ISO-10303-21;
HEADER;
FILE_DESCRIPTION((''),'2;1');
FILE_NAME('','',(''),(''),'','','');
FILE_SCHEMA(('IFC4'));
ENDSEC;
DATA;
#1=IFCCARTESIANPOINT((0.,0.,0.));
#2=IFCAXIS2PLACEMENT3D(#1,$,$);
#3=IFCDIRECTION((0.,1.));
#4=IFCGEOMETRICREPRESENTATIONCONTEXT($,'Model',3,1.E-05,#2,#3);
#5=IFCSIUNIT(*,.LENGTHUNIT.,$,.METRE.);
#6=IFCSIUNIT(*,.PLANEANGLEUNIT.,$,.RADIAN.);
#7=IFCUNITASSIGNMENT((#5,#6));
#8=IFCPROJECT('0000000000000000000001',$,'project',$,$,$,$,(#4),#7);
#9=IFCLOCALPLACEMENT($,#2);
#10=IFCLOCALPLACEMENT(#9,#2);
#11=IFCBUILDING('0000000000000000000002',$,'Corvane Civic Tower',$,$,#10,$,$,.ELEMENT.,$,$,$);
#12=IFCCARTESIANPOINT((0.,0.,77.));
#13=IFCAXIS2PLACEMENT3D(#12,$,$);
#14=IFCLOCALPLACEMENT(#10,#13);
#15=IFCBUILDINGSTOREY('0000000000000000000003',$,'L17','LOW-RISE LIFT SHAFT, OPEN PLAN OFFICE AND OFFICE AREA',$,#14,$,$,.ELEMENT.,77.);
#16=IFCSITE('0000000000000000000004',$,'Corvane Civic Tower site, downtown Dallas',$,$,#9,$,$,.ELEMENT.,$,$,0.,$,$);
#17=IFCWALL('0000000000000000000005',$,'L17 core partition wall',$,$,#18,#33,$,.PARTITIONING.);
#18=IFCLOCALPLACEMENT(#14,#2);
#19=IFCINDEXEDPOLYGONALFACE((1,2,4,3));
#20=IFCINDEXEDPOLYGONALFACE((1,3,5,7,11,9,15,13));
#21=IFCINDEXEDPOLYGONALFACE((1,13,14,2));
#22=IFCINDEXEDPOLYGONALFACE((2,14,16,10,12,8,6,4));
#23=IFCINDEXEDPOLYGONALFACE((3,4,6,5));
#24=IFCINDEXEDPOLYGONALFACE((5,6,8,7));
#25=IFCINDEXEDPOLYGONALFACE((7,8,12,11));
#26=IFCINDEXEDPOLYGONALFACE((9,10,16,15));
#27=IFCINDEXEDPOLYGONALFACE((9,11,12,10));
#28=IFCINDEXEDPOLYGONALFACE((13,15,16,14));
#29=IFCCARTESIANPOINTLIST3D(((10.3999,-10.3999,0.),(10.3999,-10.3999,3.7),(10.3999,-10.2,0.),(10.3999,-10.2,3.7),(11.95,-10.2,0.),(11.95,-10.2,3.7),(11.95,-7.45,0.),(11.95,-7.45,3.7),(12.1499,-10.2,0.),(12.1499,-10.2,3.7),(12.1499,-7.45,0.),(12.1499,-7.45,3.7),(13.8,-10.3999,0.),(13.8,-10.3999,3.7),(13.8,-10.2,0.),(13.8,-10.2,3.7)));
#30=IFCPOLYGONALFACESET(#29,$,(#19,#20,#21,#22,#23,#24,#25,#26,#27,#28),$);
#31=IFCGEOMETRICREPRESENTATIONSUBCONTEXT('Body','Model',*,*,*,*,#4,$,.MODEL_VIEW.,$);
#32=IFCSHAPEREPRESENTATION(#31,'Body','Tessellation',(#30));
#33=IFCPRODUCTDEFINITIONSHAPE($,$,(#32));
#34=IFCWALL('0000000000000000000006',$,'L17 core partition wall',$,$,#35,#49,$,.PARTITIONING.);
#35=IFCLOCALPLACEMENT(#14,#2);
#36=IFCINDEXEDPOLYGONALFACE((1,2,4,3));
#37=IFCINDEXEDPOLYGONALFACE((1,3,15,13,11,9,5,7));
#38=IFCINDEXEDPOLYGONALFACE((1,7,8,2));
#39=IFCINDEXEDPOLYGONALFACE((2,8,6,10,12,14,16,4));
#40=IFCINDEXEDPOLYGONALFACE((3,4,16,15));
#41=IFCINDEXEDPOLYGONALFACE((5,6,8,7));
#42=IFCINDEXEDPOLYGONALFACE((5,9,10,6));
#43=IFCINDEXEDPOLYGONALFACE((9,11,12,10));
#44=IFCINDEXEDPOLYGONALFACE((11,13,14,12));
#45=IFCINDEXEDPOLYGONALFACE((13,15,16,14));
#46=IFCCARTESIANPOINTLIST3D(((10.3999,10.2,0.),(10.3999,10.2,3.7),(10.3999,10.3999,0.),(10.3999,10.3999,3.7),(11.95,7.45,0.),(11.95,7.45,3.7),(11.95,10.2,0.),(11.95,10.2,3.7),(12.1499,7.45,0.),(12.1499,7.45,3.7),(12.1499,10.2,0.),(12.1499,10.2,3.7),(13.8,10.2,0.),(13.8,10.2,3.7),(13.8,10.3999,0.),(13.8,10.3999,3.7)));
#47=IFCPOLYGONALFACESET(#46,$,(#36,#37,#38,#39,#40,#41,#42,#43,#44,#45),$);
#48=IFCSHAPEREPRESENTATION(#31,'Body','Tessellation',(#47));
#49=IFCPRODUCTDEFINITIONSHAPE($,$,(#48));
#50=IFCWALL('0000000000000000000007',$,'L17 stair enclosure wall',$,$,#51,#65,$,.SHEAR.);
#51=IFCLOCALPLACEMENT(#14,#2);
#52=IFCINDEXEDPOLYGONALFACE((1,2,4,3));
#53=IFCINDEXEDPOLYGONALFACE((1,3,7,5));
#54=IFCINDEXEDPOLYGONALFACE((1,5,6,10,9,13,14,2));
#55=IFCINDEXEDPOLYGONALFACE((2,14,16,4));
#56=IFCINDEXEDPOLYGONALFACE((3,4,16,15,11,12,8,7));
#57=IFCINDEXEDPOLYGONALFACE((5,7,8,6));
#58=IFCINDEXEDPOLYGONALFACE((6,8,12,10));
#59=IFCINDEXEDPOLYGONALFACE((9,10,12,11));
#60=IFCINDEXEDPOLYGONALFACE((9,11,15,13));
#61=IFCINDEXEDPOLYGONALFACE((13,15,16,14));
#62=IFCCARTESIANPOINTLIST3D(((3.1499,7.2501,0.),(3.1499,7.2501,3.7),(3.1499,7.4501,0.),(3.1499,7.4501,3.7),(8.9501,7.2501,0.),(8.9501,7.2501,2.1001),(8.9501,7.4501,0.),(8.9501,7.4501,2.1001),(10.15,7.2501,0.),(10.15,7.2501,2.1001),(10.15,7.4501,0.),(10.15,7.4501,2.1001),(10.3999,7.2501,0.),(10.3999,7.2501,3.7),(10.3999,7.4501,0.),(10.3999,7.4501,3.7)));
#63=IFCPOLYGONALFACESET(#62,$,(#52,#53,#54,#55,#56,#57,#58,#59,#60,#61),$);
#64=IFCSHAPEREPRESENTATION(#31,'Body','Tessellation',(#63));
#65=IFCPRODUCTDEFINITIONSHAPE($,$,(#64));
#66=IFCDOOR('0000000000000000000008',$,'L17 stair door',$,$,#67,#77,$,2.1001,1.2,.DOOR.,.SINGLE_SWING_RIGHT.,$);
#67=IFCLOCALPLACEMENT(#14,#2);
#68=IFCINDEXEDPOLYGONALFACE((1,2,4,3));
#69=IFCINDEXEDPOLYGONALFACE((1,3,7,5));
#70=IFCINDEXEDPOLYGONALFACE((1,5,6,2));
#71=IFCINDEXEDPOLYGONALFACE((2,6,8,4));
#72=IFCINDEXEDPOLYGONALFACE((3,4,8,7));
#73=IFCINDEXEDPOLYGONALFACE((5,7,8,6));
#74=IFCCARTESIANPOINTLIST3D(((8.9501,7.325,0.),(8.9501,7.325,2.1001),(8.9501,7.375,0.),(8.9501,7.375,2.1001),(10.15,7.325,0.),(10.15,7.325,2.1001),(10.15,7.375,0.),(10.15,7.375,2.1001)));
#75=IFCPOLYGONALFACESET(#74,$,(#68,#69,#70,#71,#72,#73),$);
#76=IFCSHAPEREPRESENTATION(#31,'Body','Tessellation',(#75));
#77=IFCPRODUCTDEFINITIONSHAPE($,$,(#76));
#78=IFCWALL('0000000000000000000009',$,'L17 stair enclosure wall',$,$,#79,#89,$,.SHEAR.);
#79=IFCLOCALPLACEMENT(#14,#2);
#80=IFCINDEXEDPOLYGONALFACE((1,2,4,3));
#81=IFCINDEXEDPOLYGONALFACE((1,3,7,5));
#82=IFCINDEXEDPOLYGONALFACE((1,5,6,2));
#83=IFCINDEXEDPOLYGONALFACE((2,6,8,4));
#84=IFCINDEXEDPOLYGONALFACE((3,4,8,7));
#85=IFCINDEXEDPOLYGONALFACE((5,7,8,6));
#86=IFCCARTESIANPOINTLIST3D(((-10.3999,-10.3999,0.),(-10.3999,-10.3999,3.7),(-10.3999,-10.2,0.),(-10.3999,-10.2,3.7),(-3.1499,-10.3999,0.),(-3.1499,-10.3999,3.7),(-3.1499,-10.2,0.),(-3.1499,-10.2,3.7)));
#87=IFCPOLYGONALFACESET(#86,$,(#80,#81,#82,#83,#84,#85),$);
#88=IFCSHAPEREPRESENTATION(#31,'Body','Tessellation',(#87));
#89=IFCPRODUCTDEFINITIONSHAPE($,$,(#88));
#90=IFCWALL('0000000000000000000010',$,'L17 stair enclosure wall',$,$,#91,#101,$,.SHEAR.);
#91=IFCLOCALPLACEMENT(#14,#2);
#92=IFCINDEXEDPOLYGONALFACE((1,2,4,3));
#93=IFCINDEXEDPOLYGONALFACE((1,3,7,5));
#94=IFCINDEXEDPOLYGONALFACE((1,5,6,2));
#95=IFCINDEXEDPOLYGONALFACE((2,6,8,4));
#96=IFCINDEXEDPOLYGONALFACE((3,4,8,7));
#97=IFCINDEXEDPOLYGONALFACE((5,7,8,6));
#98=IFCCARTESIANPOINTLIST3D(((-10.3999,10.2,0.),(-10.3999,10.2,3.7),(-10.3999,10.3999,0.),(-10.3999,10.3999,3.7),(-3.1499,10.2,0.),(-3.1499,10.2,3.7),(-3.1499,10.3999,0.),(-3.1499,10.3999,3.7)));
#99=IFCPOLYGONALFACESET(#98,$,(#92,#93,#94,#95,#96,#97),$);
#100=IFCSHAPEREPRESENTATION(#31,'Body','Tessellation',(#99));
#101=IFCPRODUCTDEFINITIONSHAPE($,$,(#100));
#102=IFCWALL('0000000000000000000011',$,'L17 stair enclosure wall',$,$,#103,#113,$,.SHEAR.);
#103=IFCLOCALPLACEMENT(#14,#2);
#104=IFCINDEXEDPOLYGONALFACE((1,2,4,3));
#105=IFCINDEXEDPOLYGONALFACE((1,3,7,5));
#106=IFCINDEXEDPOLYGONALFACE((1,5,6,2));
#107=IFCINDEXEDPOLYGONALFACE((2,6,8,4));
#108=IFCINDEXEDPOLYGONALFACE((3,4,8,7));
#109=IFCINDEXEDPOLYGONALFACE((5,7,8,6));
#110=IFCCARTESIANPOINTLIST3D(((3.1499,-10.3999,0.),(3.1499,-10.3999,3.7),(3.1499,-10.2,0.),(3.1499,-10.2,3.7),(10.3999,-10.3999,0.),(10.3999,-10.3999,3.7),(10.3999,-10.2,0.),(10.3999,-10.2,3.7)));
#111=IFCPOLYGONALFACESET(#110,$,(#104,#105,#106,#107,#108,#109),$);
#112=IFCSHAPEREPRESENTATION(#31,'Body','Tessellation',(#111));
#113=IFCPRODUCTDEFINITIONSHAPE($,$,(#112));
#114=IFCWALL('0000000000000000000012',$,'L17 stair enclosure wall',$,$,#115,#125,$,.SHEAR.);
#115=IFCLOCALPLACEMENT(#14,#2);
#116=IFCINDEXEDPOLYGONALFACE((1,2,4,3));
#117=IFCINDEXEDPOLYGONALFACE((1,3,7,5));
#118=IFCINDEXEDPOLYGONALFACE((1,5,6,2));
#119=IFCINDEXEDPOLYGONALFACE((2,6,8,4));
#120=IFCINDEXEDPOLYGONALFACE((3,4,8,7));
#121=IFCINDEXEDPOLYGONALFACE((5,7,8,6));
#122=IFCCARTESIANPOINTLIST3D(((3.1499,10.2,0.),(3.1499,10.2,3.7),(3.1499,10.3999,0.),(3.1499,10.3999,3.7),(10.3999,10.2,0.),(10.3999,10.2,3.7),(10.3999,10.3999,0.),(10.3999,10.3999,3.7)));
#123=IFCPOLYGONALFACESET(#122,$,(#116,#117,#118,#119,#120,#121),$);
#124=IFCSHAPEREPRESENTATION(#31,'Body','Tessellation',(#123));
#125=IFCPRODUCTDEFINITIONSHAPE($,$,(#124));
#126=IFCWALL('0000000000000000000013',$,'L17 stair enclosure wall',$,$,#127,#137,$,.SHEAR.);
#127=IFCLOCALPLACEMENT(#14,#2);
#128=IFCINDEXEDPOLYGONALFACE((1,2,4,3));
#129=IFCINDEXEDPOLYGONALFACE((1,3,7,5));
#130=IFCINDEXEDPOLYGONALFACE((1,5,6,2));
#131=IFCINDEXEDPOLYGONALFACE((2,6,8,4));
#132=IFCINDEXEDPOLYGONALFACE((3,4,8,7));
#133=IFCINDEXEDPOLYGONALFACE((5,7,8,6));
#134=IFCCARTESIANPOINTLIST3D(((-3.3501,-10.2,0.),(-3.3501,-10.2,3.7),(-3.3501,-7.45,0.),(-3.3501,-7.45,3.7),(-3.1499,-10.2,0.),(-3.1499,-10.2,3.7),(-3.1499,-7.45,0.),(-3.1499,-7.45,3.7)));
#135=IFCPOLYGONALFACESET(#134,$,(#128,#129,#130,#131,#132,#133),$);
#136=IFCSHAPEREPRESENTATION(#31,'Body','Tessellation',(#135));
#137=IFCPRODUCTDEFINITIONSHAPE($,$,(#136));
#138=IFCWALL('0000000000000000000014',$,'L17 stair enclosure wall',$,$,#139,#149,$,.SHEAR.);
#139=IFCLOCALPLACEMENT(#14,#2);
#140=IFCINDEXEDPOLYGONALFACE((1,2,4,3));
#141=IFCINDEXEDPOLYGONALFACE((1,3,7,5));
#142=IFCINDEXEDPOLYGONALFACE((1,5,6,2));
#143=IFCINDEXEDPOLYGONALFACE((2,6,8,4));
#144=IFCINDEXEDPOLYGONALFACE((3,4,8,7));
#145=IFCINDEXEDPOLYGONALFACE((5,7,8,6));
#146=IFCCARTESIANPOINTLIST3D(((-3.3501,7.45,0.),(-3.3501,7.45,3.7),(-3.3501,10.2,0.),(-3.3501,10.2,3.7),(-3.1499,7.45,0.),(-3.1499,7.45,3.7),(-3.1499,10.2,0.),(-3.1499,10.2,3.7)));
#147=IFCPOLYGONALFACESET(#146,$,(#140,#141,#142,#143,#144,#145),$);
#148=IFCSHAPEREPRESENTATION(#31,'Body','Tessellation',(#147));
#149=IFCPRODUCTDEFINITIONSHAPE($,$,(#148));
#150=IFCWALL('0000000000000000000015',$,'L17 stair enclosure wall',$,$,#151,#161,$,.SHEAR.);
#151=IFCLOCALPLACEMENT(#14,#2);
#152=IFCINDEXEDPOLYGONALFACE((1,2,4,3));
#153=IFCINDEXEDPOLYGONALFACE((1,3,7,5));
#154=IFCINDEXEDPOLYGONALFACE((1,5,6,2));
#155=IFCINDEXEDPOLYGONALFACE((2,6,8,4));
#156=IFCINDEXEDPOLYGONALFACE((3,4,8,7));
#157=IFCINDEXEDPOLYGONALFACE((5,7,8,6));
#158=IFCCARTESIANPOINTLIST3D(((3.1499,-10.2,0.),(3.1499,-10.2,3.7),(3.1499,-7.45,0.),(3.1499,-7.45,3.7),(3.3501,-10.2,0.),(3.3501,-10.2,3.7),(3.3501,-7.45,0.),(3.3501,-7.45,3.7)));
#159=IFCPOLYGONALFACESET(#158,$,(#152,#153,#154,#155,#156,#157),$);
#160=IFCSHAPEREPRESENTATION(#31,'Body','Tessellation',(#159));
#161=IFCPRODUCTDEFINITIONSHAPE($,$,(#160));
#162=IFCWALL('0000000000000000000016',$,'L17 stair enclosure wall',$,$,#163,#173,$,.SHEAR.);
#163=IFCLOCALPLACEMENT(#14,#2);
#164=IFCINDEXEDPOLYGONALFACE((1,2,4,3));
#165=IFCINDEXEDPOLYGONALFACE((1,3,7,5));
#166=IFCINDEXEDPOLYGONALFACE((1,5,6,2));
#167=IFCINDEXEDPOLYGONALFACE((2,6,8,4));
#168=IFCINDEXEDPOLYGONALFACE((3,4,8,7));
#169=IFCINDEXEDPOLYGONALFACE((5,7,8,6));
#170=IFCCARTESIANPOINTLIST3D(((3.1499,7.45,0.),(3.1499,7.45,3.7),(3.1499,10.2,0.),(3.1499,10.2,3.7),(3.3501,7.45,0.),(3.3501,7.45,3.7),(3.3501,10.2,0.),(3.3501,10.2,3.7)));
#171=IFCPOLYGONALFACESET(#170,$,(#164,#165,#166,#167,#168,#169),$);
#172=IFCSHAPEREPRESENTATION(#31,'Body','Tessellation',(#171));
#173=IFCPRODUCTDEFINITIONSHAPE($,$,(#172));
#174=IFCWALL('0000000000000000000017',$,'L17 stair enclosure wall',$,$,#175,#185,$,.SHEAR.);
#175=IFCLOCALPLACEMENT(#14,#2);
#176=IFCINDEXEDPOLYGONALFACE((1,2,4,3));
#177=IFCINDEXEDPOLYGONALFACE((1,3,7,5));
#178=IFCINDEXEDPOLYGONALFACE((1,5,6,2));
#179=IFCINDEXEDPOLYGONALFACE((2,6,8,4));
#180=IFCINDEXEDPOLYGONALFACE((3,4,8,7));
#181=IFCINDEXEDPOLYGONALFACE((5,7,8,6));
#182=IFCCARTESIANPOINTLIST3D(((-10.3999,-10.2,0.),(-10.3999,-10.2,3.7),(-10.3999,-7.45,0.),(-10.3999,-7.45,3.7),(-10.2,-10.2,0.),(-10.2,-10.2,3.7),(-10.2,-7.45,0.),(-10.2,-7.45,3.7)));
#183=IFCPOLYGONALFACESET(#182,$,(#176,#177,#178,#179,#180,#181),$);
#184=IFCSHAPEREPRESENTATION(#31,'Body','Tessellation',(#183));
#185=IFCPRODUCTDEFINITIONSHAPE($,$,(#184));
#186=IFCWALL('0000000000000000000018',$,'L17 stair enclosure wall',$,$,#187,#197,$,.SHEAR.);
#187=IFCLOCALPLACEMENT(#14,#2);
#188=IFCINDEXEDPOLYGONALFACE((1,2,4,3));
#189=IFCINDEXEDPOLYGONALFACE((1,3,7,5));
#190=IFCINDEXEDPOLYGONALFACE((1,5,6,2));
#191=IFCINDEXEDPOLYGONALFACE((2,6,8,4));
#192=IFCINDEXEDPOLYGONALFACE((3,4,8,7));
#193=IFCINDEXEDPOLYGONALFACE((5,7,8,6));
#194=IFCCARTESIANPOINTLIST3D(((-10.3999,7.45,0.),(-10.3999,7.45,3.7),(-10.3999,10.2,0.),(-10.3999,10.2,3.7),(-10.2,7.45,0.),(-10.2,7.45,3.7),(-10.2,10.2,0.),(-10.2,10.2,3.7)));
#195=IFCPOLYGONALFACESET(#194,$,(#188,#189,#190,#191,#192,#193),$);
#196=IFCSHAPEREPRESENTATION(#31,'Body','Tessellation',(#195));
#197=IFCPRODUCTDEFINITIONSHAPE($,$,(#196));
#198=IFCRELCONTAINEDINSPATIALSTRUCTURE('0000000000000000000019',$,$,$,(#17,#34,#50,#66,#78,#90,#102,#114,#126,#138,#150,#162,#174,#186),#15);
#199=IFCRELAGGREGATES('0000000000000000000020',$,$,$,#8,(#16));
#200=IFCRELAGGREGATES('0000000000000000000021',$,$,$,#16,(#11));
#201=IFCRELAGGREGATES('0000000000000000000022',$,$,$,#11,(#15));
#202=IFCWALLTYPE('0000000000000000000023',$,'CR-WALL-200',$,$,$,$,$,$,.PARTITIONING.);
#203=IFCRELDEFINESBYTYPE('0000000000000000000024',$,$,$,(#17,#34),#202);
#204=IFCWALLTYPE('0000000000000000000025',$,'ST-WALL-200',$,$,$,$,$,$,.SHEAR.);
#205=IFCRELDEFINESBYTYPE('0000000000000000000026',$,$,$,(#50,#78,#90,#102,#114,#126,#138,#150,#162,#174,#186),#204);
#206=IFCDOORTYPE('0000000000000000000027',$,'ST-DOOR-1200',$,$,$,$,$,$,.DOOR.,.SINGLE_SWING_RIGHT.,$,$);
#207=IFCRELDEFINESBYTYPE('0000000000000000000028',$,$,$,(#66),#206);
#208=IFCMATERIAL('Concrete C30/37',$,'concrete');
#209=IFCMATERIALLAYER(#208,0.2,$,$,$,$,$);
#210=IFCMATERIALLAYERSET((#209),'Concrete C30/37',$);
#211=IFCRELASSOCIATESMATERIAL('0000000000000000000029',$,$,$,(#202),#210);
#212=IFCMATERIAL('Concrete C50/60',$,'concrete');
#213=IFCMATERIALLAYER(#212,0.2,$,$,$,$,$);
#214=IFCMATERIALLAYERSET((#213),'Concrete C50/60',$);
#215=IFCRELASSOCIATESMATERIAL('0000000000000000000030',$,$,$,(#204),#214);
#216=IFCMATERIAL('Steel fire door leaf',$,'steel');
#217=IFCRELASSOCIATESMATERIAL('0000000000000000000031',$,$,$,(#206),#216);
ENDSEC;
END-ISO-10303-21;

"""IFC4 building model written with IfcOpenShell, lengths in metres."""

from ifc_helpers import new_model, si_unit, direction, frame, frame_2d, origin, place, context, subcontext, project, spatial, polyline, rectangle, outline, extrude, material, layer, layer_set, type_object, element, fill, save


model = new_model("IFC4")

# Units and contexts
model_context = context("Model", 3, precision=1e-05, world=origin(), true_north=direction((0.0, 1.0)))
body_context = subcontext(model_context, "Body", "Model", "MODEL_VIEW")
ifc_project = project(units=[si_unit("LENGTHUNIT", "METRE"), si_unit("PLANEANGLEUNIT", "RADIAN")], contexts=[model_context])

# Site, building, storey
site_placement = place(None, origin())
site = spatial("IfcSite", under=ifc_project, at=site_placement, Name="Corvane Civic Tower site, downtown Dallas", CompositionType="ELEMENT", RefElevation=0.0)
building_placement = place(site_placement, origin())
building = spatial("IfcBuilding", under=site, at=building_placement, Name="Corvane Civic Tower", CompositionType="ELEMENT")
storey_placement = place(building_placement, frame((0.0, 0.0, 77.0)))
storey = spatial("IfcBuildingStorey", under=building, at=storey_placement, Name="L17", Description="LOW-RISE LIFT SHAFT, OPEN PLAN OFFICE AND OFFICE AREA", CompositionType="ELEMENT", Elevation=77.0)

# Shared definitions
ifc_material_1 = material(Name="Concrete C30/37", Category="concrete")
ifc_layer_1 = layer(ifc_material_1, 0.2)
ifc_layer_set_1 = layer_set([ifc_layer_1], Name="Concrete C30/37")
wall_type_1 = type_object("IfcWallType", Name="CR-WALL-200", PredefinedType="PARTITIONING", material=ifc_layer_set_1)

# Walls
wall_1_placement = place(storey_placement, origin())
element("IfcWall", 1, at=wall_1_placement, inside=storey, type_object=wall_type_1, Name="L17 core partition wall", PredefinedType="PARTITIONING", context=body_context, shape_type="SweptSolid", body=[
    extrude(outline(polyline([(11.95, -7.45), (12.1499, -7.45), (12.1499, -10.2), (13.8, -10.2), (13.8, -10.3999), (10.3999, -10.3999), (10.3999, -10.2), (11.95, -10.2), (11.95, -7.45)])), origin(), (0.0, 0.0, 1.0), 3.7),
])
wall_2_placement = place(storey_placement, origin())
element("IfcWall", 2, at=wall_2_placement, inside=storey, type_object=wall_type_1, Name="L17 core partition wall", PredefinedType="PARTITIONING", context=body_context, shape_type="SweptSolid", body=[
    extrude(outline(polyline([(13.8, 10.3999), (13.8, 10.2), (12.1499, 10.2), (12.1499, 7.45), (11.95, 7.45), (11.95, 10.2), (10.3999, 10.2), (10.3999, 10.3999), (13.8, 10.3999)])), origin(), (0.0, 0.0, 1.0), 3.7),
])

# Wall, opening, door
ifc_material_2 = material(Name="Concrete C50/60", Category="concrete")
ifc_layer_2 = layer(ifc_material_2, 0.2)
ifc_layer_set_2 = layer_set([ifc_layer_2], Name="Concrete C50/60")
wall_type_2 = type_object("IfcWallType", Name="ST-WALL-200", PredefinedType="SHEAR", material=ifc_layer_set_2)
wall_3_placement = place(storey_placement, frame((3.1499, 7.3501, 0.0), z_axis=(0.0, 0.0, 1.0), x_axis=(1.0, 0.0, 0.0)))
wall_3 = element("IfcWall", 3, at=wall_3_placement, inside=storey, type_object=wall_type_2, Name="L17 stair enclosure wall", PredefinedType="SHEAR", context=body_context, shape_type="SweptSolid", body=[
    extrude(rectangle(XDim=7.25, YDim=0.2, at=frame_2d((3.625, 0.0))), origin(), (0.0, 0.0, 1.0), 3.7),
])
opening_1_placement = place(wall_3_placement, frame((5.8, 0.0, 0.0)))
opening_1 = element("IfcOpeningElement", 4, at=opening_1_placement, cuts=wall_3, PredefinedType="OPENING", context=body_context, shape_type="SweptSolid", body=[
    extrude(rectangle(XDim=1.2, YDim=2.1001, at=frame_2d((0.6001, 1.05))), frame((0.0, 0.1099, 0.0), z_axis=(0.0, -1.0, 0.0), x_axis=(1.0, 0.0, 0.0)), (0.0, 0.0, 1.0), 0.22),
])
ifc_material_3 = material(Name="Steel fire door leaf", Category="steel")
door_type_1 = type_object("IfcDoorType", Name="ST-DOOR-1200", OperationType="SINGLE_SWING_RIGHT", PredefinedType="DOOR", material=ifc_material_3)
door_1_placement = place(opening_1_placement, origin())
door_1 = element("IfcDoor", 5, at=door_1_placement, inside=storey, type_object=door_type_1, Name="L17 stair door", OperationType="SINGLE_SWING_RIGHT", OverallHeight=2.1001, OverallWidth=1.2, PredefinedType="DOOR", context=body_context, shape_type="SweptSolid", body=[
    extrude(rectangle(XDim=1.2, YDim=2.1001, at=frame_2d((0.6001, 1.05))), frame((0.0, 0.0249, 0.0), z_axis=(0.0, -1.0, 0.0), x_axis=(1.0, 0.0, 0.0)), (0.0, 0.0, 1.0), 0.05),
])
fill(opening_1, door_1)

# Walls
wall_4_placement = place(storey_placement, origin())
element("IfcWall", 6, at=wall_4_placement, inside=storey, type_object=wall_type_2, Name="L17 stair enclosure wall", PredefinedType="SHEAR", context=body_context, shape_type="SweptSolid", body=[
    extrude(outline(polyline([(-3.1499, -10.2), (-3.1499, -10.3999), (-10.3999, -10.3999), (-10.3999, -10.2), (-3.1499, -10.2)])), origin(), (0.0, 0.0, 1.0), 3.7),
])
wall_5_placement = place(storey_placement, origin())
element("IfcWall", 7, at=wall_5_placement, inside=storey, type_object=wall_type_2, Name="L17 stair enclosure wall", PredefinedType="SHEAR", context=body_context, shape_type="SweptSolid", body=[
    extrude(outline(polyline([(-3.1499, 10.2), (-10.3999, 10.2), (-10.3999, 10.3999), (-3.1499, 10.3999), (-3.1499, 10.2)])), origin(), (0.0, 0.0, 1.0), 3.7),
])
wall_6_placement = place(storey_placement, origin())
element("IfcWall", 8, at=wall_6_placement, inside=storey, type_object=wall_type_2, Name="L17 stair enclosure wall", PredefinedType="SHEAR", context=body_context, shape_type="SweptSolid", body=[
    extrude(outline(polyline([(10.3999, -10.3999), (3.1499, -10.3999), (3.1499, -10.2), (10.3999, -10.2), (10.3999, -10.3999)])), origin(), (0.0, 0.0, 1.0), 3.7),
])
wall_7_placement = place(storey_placement, origin())
element("IfcWall", 9, at=wall_7_placement, inside=storey, type_object=wall_type_2, Name="L17 stair enclosure wall", PredefinedType="SHEAR", context=body_context, shape_type="SweptSolid", body=[
    extrude(outline(polyline([(10.3999, 10.2), (3.1499, 10.2), (3.1499, 10.3999), (10.3999, 10.3999), (10.3999, 10.2)])), origin(), (0.0, 0.0, 1.0), 3.7),
])
wall_8_placement = place(storey_placement, origin())
element("IfcWall", 10, at=wall_8_placement, inside=storey, type_object=wall_type_2, Name="L17 stair enclosure wall", PredefinedType="SHEAR", context=body_context, shape_type="SweptSolid", body=[
    extrude(outline(polyline([(-3.1499, -7.45), (-3.1499, -10.2), (-3.3501, -10.2), (-3.3501, -7.45), (-3.1499, -7.45)])), origin(), (0.0, 0.0, 1.0), 3.7),
])
wall_9_placement = place(storey_placement, origin())
element("IfcWall", 11, at=wall_9_placement, inside=storey, type_object=wall_type_2, Name="L17 stair enclosure wall", PredefinedType="SHEAR", context=body_context, shape_type="SweptSolid", body=[
    extrude(outline(polyline([(-3.1499, 7.45), (-3.3501, 7.45), (-3.3501, 10.2), (-3.1499, 10.2), (-3.1499, 7.45)])), origin(), (0.0, 0.0, 1.0), 3.7),
])
wall_10_placement = place(storey_placement, origin())
element("IfcWall", 12, at=wall_10_placement, inside=storey, type_object=wall_type_2, Name="L17 stair enclosure wall", PredefinedType="SHEAR", context=body_context, shape_type="SweptSolid", body=[
    extrude(outline(polyline([(3.3501, -7.45), (3.3501, -10.2), (3.1499, -10.2), (3.1499, -7.45), (3.3501, -7.45)])), origin(), (0.0, 0.0, 1.0), 3.7),
])
wall_11_placement = place(storey_placement, origin())
element("IfcWall", 13, at=wall_11_placement, inside=storey, type_object=wall_type_2, Name="L17 stair enclosure wall", PredefinedType="SHEAR", context=body_context, shape_type="SweptSolid", body=[
    extrude(outline(polyline([(3.3501, 7.45), (3.1499, 7.45), (3.1499, 10.2), (3.3501, 10.2), (3.3501, 7.45)])), origin(), (0.0, 0.0, 1.0), 3.7),
])
wall_12_placement = place(storey_placement, origin())
element("IfcWall", 14, at=wall_12_placement, inside=storey, type_object=wall_type_2, Name="L17 stair enclosure wall", PredefinedType="SHEAR", context=body_context, shape_type="SweptSolid", body=[
    extrude(outline(polyline([(-10.2, -7.45), (-10.2, -10.2), (-10.3999, -10.2), (-10.3999, -7.45), (-10.2, -7.45)])), origin(), (0.0, 0.0, 1.0), 3.7),
])
wall_13_placement = place(storey_placement, origin())
element("IfcWall", 15, at=wall_13_placement, inside=storey, type_object=wall_type_2, Name="L17 stair enclosure wall", PredefinedType="SHEAR", context=body_context, shape_type="SweptSolid", body=[
    extrude(outline(polyline([(-10.2, 7.45), (-10.3999, 7.45), (-10.3999, 10.2), (-10.2, 10.2), (-10.2, 7.45)])), origin(), (0.0, 0.0, 1.0), 3.7),
])

save(model, "model.ifc")
